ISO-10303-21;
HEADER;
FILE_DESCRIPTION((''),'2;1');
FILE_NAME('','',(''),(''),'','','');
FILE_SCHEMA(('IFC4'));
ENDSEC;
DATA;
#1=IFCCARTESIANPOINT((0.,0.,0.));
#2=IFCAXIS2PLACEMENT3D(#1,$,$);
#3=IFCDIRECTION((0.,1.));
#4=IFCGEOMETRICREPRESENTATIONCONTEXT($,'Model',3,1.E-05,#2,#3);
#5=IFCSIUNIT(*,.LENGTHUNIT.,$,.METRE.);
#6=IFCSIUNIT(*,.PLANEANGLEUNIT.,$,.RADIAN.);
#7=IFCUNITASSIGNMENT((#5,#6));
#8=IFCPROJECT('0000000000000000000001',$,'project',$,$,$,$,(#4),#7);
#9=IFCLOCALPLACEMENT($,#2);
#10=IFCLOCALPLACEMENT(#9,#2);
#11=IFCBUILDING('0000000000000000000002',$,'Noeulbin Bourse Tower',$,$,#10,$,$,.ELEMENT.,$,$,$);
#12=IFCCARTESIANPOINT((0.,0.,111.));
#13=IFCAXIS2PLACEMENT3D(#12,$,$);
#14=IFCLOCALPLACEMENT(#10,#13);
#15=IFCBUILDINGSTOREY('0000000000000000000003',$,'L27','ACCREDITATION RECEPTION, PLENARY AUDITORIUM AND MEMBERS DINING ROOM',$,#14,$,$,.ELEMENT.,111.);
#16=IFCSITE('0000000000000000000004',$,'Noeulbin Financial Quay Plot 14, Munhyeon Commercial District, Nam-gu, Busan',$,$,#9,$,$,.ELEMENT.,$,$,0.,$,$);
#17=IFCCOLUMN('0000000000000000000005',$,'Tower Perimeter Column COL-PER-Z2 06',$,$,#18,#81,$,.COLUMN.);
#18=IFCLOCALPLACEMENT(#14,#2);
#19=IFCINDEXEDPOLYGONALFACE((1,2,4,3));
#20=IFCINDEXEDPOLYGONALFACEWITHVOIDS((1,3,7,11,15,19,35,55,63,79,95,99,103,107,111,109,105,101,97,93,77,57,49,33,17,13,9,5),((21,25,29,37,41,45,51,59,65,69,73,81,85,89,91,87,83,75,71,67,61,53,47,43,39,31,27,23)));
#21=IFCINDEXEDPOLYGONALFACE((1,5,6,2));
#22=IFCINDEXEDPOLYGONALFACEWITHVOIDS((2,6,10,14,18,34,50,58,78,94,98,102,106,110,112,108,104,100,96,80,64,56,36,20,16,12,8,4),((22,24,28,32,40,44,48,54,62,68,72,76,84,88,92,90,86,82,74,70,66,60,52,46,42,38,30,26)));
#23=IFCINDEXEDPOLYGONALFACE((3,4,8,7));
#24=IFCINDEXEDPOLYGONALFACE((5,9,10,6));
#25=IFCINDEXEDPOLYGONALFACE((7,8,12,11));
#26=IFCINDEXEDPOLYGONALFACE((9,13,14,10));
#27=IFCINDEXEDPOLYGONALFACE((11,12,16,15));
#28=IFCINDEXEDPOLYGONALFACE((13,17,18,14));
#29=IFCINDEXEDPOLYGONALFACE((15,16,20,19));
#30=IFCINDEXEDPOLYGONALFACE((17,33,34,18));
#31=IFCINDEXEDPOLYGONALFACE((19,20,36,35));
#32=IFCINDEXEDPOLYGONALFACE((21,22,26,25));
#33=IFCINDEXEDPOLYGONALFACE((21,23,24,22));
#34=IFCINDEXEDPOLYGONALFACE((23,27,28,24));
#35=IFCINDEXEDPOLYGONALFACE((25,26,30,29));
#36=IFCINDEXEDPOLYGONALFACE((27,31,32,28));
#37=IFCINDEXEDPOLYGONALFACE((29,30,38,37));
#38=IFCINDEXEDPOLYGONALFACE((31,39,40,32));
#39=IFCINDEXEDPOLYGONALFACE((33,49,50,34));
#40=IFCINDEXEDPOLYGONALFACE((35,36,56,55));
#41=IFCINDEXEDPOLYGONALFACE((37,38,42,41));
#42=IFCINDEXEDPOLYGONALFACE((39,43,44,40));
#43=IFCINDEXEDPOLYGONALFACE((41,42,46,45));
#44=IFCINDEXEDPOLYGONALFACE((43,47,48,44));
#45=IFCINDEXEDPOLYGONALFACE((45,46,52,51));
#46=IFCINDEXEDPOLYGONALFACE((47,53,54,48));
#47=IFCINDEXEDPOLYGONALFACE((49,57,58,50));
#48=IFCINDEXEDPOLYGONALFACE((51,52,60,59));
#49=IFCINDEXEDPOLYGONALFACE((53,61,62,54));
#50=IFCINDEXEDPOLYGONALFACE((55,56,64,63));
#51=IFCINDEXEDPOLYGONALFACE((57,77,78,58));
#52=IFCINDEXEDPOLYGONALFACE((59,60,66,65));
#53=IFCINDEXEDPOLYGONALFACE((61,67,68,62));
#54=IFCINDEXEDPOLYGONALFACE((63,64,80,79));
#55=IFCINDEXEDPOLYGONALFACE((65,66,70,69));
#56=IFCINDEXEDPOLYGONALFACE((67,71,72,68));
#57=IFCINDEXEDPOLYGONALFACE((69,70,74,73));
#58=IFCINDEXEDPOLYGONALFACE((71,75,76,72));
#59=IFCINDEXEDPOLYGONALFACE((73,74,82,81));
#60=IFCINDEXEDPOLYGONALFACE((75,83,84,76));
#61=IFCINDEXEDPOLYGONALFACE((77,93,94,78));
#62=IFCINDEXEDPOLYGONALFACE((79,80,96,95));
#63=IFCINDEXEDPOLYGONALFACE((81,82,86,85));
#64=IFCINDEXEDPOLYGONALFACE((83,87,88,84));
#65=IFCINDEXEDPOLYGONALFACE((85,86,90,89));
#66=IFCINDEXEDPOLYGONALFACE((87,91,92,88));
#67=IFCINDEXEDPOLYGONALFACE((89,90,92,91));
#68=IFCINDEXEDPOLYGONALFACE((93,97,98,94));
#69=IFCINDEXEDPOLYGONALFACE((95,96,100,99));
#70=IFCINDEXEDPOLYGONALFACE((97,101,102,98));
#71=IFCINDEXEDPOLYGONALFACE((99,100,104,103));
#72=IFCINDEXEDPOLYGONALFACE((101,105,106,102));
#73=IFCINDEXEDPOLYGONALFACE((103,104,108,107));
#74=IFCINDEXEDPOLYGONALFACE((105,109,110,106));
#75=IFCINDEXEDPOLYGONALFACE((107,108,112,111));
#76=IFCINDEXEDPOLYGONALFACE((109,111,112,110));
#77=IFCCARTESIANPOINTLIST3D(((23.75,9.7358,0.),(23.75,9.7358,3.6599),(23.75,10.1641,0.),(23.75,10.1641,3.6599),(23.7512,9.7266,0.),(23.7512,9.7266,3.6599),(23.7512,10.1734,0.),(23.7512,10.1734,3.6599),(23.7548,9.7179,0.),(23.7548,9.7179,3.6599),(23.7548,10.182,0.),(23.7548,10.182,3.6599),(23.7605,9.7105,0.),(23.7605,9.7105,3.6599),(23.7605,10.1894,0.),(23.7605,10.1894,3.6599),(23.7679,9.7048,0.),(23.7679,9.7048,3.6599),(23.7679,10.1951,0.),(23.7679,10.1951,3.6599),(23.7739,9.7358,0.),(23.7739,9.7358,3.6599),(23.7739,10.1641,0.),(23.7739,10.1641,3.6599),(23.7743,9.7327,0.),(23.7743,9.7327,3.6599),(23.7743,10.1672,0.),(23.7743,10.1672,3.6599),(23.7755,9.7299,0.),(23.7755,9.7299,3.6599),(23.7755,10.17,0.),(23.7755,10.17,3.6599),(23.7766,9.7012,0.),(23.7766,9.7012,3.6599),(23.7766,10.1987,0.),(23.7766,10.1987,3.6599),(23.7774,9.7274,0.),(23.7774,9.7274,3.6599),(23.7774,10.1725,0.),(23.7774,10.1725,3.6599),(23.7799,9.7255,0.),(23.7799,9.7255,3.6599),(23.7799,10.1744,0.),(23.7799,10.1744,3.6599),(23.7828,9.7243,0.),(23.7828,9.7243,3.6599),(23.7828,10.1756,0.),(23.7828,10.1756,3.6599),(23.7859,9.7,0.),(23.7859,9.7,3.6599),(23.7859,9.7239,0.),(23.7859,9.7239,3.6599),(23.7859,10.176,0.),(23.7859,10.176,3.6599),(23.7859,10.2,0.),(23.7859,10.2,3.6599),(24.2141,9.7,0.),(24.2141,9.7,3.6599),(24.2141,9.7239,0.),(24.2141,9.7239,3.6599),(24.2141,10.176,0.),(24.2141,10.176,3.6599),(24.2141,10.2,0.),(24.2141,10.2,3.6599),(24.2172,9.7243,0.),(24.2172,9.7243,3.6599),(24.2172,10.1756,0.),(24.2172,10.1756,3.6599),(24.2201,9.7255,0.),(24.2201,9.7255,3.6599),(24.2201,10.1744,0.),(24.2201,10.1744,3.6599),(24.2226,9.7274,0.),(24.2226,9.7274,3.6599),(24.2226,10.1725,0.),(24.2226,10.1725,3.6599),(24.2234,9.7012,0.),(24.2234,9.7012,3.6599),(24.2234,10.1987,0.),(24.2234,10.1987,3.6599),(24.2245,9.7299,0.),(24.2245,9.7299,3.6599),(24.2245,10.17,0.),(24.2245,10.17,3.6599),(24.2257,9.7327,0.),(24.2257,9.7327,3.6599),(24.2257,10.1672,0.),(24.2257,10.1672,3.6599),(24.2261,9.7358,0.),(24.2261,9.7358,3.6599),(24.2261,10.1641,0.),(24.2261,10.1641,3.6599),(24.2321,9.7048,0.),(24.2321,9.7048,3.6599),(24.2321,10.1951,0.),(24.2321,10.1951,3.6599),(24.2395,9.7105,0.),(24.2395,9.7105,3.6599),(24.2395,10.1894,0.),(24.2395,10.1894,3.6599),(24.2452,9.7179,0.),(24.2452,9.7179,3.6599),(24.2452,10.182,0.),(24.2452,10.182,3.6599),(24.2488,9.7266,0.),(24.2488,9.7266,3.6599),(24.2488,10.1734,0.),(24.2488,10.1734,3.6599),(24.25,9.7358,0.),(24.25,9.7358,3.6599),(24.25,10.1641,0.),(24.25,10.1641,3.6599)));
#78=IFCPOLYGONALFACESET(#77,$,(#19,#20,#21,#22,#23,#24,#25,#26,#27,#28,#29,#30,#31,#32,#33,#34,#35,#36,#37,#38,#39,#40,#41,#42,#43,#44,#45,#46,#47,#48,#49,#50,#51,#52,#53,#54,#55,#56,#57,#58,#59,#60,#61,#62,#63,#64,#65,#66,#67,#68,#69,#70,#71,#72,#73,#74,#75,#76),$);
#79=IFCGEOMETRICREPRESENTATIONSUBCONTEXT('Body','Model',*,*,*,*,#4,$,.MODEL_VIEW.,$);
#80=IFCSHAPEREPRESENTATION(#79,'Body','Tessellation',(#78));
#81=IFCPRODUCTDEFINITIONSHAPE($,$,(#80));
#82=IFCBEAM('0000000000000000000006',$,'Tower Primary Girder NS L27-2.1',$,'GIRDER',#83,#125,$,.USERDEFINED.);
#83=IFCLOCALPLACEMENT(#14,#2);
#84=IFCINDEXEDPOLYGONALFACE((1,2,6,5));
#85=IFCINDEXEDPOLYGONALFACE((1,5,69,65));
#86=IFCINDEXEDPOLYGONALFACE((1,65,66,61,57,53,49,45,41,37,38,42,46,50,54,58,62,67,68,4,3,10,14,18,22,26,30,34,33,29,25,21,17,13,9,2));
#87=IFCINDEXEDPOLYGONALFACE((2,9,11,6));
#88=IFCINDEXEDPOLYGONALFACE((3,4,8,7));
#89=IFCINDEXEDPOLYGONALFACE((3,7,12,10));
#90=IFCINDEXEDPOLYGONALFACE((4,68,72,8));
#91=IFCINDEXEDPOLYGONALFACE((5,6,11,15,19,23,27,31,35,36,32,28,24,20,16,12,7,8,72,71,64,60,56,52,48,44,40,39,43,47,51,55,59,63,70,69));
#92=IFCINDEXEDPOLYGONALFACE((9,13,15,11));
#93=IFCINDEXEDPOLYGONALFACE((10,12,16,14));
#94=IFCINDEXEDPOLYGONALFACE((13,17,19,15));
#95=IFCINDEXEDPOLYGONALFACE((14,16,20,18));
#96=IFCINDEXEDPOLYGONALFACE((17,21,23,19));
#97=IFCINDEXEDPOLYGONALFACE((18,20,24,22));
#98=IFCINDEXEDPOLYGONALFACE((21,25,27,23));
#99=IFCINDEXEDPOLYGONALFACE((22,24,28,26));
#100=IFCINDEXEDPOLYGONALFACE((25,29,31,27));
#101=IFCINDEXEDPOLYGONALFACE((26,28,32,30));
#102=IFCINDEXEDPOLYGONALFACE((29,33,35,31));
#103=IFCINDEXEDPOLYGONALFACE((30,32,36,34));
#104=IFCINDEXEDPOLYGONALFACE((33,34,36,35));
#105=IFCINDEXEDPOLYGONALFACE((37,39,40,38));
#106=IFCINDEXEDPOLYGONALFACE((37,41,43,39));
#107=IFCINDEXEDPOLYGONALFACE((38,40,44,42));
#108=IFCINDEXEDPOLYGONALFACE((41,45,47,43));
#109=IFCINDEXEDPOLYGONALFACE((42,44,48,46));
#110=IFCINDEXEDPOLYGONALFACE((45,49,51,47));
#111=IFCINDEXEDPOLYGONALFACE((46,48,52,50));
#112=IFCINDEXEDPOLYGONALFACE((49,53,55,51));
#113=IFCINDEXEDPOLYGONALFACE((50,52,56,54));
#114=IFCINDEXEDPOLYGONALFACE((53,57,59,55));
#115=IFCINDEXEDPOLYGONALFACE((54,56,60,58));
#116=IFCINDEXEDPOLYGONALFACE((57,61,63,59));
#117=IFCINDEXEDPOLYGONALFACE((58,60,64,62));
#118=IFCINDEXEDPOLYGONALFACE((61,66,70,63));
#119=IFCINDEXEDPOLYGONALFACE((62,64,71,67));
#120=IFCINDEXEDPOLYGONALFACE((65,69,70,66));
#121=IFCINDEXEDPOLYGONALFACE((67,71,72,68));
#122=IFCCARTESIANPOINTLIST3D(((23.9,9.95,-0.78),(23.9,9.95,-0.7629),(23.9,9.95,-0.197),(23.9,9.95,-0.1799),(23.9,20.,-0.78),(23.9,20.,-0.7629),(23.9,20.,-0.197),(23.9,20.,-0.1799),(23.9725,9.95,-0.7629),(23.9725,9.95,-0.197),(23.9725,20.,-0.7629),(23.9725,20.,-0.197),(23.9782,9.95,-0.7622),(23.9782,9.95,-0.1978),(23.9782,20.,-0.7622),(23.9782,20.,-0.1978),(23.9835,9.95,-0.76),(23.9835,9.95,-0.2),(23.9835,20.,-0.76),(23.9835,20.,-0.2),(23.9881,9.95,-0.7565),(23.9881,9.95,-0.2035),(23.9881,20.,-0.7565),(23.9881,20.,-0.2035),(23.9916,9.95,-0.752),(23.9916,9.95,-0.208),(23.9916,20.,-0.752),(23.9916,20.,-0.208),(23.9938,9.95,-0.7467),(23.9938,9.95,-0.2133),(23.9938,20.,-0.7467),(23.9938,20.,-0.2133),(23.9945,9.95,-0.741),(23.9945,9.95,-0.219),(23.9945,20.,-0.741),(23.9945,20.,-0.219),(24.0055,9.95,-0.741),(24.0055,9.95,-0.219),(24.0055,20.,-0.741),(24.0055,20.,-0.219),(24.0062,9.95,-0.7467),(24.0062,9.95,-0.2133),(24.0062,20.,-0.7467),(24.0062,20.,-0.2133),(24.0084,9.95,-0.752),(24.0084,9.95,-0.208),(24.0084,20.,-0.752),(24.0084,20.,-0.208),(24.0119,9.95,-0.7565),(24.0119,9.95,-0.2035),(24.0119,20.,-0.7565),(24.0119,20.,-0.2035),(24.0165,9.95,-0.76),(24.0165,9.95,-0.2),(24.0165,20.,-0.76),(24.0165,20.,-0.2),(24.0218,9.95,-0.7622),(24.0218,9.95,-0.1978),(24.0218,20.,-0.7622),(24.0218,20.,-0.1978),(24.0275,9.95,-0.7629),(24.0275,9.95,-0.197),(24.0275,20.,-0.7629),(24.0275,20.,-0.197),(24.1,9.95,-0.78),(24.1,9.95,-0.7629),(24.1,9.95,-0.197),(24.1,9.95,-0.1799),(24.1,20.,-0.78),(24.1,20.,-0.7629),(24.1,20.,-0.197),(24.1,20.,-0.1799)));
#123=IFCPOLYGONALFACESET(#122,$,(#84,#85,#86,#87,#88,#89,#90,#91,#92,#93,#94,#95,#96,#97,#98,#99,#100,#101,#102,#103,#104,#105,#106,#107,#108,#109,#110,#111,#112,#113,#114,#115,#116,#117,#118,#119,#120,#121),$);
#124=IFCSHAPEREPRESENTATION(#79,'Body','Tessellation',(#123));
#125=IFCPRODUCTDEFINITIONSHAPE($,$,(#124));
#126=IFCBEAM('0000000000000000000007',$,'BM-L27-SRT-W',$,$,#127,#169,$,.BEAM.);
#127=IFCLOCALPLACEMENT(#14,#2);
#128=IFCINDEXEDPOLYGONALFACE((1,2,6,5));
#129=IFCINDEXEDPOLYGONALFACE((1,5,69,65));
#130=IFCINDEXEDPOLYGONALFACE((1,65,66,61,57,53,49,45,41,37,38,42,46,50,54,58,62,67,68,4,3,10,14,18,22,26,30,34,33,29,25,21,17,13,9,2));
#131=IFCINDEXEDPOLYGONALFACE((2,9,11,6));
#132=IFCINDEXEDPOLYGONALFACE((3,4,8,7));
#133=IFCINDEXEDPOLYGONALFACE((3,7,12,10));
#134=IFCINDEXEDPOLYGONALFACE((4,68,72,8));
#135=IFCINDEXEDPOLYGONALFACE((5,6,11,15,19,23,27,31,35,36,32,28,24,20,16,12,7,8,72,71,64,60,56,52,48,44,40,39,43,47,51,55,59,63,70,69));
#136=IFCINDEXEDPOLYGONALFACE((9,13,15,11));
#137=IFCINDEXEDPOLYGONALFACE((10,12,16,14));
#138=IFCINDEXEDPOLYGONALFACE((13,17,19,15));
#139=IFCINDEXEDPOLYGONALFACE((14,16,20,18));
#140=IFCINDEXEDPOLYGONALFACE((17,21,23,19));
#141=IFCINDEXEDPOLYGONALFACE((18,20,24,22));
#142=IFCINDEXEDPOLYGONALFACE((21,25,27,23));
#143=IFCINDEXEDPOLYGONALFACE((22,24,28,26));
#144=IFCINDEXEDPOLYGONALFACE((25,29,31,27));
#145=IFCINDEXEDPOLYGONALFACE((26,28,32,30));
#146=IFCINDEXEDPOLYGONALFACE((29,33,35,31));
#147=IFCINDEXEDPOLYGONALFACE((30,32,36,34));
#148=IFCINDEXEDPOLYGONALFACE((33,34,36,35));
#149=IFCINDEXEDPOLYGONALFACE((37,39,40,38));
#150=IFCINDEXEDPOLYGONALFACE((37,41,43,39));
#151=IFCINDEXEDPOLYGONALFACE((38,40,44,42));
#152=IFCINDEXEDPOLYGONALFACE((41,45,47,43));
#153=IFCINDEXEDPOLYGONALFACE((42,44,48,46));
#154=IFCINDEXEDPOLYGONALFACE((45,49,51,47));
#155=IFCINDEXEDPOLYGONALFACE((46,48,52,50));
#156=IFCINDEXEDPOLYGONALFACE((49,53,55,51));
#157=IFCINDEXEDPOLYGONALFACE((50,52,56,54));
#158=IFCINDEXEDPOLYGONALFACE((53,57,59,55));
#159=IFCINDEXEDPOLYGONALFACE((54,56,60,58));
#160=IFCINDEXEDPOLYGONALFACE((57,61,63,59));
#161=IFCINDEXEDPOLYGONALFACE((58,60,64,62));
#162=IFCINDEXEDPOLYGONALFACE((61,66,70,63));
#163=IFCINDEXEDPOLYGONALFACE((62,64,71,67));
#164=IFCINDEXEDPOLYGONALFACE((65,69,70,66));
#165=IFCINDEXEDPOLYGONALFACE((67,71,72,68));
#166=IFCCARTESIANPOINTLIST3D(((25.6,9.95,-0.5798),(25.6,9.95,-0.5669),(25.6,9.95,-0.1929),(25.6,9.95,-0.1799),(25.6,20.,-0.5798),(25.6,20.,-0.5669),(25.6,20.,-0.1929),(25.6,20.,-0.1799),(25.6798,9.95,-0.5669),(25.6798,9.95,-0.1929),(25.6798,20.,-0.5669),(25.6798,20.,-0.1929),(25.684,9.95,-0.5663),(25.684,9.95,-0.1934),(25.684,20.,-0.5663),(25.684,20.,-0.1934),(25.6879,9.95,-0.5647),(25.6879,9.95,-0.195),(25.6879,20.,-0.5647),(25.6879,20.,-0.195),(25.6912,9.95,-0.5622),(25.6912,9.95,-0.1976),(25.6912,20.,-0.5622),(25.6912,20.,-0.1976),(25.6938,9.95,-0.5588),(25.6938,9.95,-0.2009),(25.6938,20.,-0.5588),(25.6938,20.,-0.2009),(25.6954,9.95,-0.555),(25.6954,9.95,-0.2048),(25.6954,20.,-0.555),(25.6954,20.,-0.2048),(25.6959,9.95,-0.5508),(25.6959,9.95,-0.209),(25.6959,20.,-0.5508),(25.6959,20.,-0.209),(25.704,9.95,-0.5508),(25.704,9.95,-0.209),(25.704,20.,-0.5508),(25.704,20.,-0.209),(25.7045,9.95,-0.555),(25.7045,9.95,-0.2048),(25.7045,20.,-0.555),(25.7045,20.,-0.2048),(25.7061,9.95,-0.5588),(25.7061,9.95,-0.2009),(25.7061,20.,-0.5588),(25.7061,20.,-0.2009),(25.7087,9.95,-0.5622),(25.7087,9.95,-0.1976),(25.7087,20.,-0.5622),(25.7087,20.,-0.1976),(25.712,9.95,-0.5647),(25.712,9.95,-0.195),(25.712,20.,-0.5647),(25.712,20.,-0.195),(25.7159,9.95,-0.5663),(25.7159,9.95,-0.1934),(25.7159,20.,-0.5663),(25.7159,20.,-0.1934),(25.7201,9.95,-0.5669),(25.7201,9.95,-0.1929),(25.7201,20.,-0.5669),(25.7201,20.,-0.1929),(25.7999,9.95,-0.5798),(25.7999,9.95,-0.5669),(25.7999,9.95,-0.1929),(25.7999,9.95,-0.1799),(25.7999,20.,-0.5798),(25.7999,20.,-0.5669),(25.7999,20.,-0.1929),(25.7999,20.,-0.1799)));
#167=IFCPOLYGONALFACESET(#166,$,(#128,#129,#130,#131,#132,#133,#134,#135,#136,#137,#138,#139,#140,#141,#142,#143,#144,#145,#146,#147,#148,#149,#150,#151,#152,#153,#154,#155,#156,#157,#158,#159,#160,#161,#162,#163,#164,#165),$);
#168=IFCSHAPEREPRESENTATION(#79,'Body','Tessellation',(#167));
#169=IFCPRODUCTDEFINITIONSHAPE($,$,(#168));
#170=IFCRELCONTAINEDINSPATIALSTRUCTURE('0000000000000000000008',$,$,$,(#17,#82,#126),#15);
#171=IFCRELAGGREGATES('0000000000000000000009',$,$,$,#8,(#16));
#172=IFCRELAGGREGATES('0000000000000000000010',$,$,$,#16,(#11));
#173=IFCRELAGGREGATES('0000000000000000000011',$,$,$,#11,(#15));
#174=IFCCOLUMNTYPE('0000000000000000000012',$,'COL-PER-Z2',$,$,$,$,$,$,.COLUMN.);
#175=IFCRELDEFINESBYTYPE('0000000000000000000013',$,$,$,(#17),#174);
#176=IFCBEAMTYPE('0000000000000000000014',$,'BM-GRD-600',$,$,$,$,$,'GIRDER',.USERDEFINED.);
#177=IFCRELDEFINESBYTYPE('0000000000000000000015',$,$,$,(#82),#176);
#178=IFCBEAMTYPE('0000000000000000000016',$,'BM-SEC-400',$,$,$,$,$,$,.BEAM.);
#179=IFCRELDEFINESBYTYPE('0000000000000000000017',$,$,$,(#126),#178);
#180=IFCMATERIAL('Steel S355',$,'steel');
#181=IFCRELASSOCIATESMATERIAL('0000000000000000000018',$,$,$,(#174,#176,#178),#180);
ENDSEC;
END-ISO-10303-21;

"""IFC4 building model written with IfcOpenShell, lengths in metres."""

from ifc_helpers import new_model, si_unit, direction, frame, origin, origin_2d, place, context, subcontext, project, spatial, hollow_rectangle, i_section, extrude, material, material_profile, profile_set, type_object, element, save


model = new_model("IFC4")

# Units and contexts
model_context = context("Model", 3, precision=1e-05, world=origin(), true_north=direction((0.0, 1.0)))
body_context = subcontext(model_context, "Body", "Model", "MODEL_VIEW")
ifc_project = project(units=[si_unit("LENGTHUNIT", "METRE"), si_unit("PLANEANGLEUNIT", "RADIAN")], contexts=[model_context])

# Site, building, storey
site_placement = place(None, origin())
site = spatial("IfcSite", under=ifc_project, at=site_placement, Name="Noeulbin Financial Quay Plot 14, Munhyeon Commercial District, Nam-gu, Busan", CompositionType="ELEMENT", RefElevation=0.0)
building_placement = place(site_placement, origin())
building = spatial("IfcBuilding", under=site, at=building_placement, Name="Noeulbin Bourse Tower", CompositionType="ELEMENT")
storey_placement = place(building_placement, frame((0.0, 0.0, 111.0)))
storey = spatial("IfcBuildingStorey", under=building, at=storey_placement, Name="L27", Description="ACCREDITATION RECEPTION, PLENARY AUDITORIUM AND MEMBERS DINING ROOM", CompositionType="ELEMENT", Elevation=111.0)

# Column
ifc_material_1 = material(Name="Steel S355", Category="steel")
ifc_material_profile_1 = material_profile(ifc_material_1, hollow_rectangle(XDim=0.5, YDim=0.5, WallThickness=0.0239, InnerFilletRadius=0.012, OuterFilletRadius=0.0359, at=origin_2d()), Name="BOX-500x500x24", Category="LoadBearing")
ifc_profile_set_1 = profile_set([ifc_material_profile_1], Name="Steel S355")
column_type = type_object("IfcColumnType", Name="COL-PER-Z2", PredefinedType="COLUMN", material=ifc_profile_set_1)
column_placement = place(storey_placement, frame((24.0, 9.95, 0.0), z_axis=(0.0, 0.0, 1.0), x_axis=(1.0, 0.0, 0.0)))
element("IfcColumn", 1, at=column_placement, inside=storey, type_object=column_type, Name="Tower Perimeter Column COL-PER-Z2 06", PredefinedType="COLUMN", context=body_context, shape_type="SweptSolid", body=[
    extrude(hollow_rectangle(XDim=0.5, YDim=0.5, WallThickness=0.0239, InnerFilletRadius=0.012, OuterFilletRadius=0.0359, at=origin_2d()), origin(), (0.0, 0.0, 1.0), 3.6599),
])

# Beams
ifc_material_profile_2 = material_profile(ifc_material_1, i_section(OverallWidth=0.2, OverallDepth=0.6001, WebThickness=0.011, FlangeThickness=0.0171, FilletRadius=0.022, at=origin_2d()), Name="H-600x200x11x17", Category="LoadBearing")
ifc_profile_set_2 = profile_set([ifc_material_profile_2], Name="Steel S355")
beam_type_1 = type_object("IfcBeamType", Name="BM-GRD-600", ElementType="GIRDER", PredefinedType="USERDEFINED", material=ifc_profile_set_2)
beam_1_placement = place(storey_placement, frame((24.0, 9.95, -0.48), z_axis=(0.0, 1.0, 0.0), x_axis=(-1.0, 0.0, 0.0)))
element("IfcBeam", 2, at=beam_1_placement, inside=storey, type_object=beam_type_1, Name="Tower Primary Girder NS L27-2.1", ObjectType="GIRDER", PredefinedType="USERDEFINED", context=body_context, shape_type="SweptSolid", body=[
    extrude(i_section(OverallWidth=0.2, OverallDepth=0.6001, WebThickness=0.011, FlangeThickness=0.0171, FilletRadius=0.022, at=origin_2d()), origin(), (0.0, 0.0, 1.0), 10.05),
])
ifc_material_profile_3 = material_profile(ifc_material_1, i_section(OverallWidth=0.2, OverallDepth=0.3999, WebThickness=0.0081, FlangeThickness=0.0129, FilletRadius=0.0161, at=origin_2d()), Name="H-400x200x8x13", Category="LoadBearing")
ifc_profile_set_3 = profile_set([ifc_material_profile_3], Name="Steel S355")
beam_type_2 = type_object("IfcBeamType", Name="BM-SEC-400", PredefinedType="BEAM", material=ifc_profile_set_3)
beam_2_placement = place(storey_placement, frame((25.7, 9.95, -0.3799), z_axis=(0.0, 1.0, 0.0), x_axis=(-1.0, 0.0, 0.0)))
element("IfcBeam", 3, at=beam_2_placement, inside=storey, type_object=beam_type_2, Name="BM-L27-SRT-W", PredefinedType="BEAM", context=body_context, shape_type="SweptSolid", body=[
    extrude(i_section(OverallWidth=0.2, OverallDepth=0.3999, WebThickness=0.0081, FlangeThickness=0.0129, FilletRadius=0.0161, at=origin_2d()), origin(), (0.0, 0.0, 1.0), 10.05),
])

save(model, "model.ifc")
